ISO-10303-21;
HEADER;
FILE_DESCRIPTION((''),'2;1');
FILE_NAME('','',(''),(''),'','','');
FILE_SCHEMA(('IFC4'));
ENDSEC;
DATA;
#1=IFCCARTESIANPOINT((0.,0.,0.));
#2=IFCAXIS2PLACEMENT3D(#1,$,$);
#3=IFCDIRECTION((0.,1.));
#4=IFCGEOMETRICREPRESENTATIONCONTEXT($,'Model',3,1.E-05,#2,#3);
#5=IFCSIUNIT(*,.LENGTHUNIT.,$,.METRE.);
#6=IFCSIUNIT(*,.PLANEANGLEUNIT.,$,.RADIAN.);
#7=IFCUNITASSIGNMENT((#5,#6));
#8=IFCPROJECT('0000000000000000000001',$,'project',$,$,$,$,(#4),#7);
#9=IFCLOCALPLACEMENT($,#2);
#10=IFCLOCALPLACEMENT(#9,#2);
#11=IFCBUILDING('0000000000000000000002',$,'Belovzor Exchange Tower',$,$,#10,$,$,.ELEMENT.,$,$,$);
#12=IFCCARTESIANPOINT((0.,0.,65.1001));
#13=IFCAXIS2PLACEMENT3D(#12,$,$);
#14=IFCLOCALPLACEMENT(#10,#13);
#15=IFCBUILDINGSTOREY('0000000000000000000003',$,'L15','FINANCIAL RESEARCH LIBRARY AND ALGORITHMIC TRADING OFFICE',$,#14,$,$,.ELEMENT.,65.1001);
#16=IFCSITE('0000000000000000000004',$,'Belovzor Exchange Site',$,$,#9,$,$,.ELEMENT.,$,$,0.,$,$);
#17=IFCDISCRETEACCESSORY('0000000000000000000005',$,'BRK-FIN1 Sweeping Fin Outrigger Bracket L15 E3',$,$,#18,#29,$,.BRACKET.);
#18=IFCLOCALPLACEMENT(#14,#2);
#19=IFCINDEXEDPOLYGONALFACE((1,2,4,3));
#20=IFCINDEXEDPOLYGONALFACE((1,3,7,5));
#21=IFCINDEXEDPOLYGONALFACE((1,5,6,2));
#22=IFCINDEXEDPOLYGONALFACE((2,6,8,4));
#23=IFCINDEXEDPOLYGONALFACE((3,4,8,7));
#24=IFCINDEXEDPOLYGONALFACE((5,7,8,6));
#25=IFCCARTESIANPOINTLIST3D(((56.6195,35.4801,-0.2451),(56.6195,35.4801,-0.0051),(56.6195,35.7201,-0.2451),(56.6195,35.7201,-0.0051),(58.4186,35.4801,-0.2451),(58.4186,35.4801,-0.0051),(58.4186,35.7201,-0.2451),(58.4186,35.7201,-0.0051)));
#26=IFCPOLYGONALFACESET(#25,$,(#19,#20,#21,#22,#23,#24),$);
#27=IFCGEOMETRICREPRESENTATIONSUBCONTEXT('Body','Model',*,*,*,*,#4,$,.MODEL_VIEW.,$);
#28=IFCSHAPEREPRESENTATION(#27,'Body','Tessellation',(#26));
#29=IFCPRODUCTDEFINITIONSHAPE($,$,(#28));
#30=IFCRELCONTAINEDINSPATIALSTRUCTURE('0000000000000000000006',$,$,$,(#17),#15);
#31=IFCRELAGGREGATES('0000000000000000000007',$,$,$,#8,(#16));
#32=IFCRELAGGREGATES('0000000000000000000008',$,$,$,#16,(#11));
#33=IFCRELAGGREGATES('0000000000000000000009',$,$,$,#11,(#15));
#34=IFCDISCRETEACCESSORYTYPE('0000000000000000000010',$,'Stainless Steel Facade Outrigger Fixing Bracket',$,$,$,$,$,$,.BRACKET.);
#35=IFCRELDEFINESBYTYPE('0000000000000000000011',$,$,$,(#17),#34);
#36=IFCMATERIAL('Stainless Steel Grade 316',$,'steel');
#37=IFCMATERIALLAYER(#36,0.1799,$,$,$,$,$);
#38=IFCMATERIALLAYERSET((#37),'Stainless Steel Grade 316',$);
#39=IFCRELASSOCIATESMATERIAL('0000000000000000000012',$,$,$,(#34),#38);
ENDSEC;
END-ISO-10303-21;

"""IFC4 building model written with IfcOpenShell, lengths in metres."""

from ifc_helpers import new_model, si_unit, direction, frame, origin, origin_2d, place, context, subcontext, project, spatial, rectangle, extrude, material, layer, layer_set, type_object, element, save


model = new_model("IFC4")

# Units and contexts
model_context = context("Model", 3, precision=1e-05, world=origin(), true_north=direction((0.0, 1.0)))
body_context = subcontext(model_context, "Body", "Model", "MODEL_VIEW")
ifc_project = project(units=[si_unit("LENGTHUNIT", "METRE"), si_unit("PLANEANGLEUNIT", "RADIAN")], contexts=[model_context])

# Site, building, storey
site_placement = place(None, origin())
site = spatial("IfcSite", under=ifc_project, at=site_placement, Name="Belovzor Exchange Site", CompositionType="ELEMENT", RefElevation=0.0)
building_placement = place(site_placement, origin())
building = spatial("IfcBuilding", under=site, at=building_placement, Name="Belovzor Exchange Tower", CompositionType="ELEMENT")
storey_placement = place(building_placement, frame((0.0, 0.0, 65.1001)))
storey = spatial("IfcBuildingStorey", under=building, at=storey_placement, Name="L15", Description="FINANCIAL RESEARCH LIBRARY AND ALGORITHMIC TRADING OFFICE", CompositionType="ELEMENT", Elevation=65.1001)

# Discrete accessory
ifc_material_1 = material(Name="Stainless Steel Grade 316", Category="steel")
ifc_layer_1 = layer(ifc_material_1, 0.1799)
ifc_layer_set_1 = layer_set([ifc_layer_1], Name="Stainless Steel Grade 316")
discrete_accessory_type = type_object("IfcDiscreteAccessoryType", Name="Stainless Steel Facade Outrigger Fixing Bracket", PredefinedType="BRACKET", material=ifc_layer_set_1)
discrete_accessory_placement = place(storey_placement, frame((57.519, 35.6001, -0.2451), z_axis=(0.0, 0.0, 1.0), x_axis=(1.0, 0.0, 0.0)))
element("IfcDiscreteAccessory", 1, at=discrete_accessory_placement, inside=storey, type_object=discrete_accessory_type, Name="BRK-FIN1 Sweeping Fin Outrigger Bracket L15 E3", PredefinedType="BRACKET", context=body_context, shape_type="SweptSolid", body=[
    extrude(rectangle(XDim=1.7991, YDim=0.24, at=origin_2d()), origin(), (0.0, 0.0, 1.0), 0.24),
])

save(model, "model.ifc")
